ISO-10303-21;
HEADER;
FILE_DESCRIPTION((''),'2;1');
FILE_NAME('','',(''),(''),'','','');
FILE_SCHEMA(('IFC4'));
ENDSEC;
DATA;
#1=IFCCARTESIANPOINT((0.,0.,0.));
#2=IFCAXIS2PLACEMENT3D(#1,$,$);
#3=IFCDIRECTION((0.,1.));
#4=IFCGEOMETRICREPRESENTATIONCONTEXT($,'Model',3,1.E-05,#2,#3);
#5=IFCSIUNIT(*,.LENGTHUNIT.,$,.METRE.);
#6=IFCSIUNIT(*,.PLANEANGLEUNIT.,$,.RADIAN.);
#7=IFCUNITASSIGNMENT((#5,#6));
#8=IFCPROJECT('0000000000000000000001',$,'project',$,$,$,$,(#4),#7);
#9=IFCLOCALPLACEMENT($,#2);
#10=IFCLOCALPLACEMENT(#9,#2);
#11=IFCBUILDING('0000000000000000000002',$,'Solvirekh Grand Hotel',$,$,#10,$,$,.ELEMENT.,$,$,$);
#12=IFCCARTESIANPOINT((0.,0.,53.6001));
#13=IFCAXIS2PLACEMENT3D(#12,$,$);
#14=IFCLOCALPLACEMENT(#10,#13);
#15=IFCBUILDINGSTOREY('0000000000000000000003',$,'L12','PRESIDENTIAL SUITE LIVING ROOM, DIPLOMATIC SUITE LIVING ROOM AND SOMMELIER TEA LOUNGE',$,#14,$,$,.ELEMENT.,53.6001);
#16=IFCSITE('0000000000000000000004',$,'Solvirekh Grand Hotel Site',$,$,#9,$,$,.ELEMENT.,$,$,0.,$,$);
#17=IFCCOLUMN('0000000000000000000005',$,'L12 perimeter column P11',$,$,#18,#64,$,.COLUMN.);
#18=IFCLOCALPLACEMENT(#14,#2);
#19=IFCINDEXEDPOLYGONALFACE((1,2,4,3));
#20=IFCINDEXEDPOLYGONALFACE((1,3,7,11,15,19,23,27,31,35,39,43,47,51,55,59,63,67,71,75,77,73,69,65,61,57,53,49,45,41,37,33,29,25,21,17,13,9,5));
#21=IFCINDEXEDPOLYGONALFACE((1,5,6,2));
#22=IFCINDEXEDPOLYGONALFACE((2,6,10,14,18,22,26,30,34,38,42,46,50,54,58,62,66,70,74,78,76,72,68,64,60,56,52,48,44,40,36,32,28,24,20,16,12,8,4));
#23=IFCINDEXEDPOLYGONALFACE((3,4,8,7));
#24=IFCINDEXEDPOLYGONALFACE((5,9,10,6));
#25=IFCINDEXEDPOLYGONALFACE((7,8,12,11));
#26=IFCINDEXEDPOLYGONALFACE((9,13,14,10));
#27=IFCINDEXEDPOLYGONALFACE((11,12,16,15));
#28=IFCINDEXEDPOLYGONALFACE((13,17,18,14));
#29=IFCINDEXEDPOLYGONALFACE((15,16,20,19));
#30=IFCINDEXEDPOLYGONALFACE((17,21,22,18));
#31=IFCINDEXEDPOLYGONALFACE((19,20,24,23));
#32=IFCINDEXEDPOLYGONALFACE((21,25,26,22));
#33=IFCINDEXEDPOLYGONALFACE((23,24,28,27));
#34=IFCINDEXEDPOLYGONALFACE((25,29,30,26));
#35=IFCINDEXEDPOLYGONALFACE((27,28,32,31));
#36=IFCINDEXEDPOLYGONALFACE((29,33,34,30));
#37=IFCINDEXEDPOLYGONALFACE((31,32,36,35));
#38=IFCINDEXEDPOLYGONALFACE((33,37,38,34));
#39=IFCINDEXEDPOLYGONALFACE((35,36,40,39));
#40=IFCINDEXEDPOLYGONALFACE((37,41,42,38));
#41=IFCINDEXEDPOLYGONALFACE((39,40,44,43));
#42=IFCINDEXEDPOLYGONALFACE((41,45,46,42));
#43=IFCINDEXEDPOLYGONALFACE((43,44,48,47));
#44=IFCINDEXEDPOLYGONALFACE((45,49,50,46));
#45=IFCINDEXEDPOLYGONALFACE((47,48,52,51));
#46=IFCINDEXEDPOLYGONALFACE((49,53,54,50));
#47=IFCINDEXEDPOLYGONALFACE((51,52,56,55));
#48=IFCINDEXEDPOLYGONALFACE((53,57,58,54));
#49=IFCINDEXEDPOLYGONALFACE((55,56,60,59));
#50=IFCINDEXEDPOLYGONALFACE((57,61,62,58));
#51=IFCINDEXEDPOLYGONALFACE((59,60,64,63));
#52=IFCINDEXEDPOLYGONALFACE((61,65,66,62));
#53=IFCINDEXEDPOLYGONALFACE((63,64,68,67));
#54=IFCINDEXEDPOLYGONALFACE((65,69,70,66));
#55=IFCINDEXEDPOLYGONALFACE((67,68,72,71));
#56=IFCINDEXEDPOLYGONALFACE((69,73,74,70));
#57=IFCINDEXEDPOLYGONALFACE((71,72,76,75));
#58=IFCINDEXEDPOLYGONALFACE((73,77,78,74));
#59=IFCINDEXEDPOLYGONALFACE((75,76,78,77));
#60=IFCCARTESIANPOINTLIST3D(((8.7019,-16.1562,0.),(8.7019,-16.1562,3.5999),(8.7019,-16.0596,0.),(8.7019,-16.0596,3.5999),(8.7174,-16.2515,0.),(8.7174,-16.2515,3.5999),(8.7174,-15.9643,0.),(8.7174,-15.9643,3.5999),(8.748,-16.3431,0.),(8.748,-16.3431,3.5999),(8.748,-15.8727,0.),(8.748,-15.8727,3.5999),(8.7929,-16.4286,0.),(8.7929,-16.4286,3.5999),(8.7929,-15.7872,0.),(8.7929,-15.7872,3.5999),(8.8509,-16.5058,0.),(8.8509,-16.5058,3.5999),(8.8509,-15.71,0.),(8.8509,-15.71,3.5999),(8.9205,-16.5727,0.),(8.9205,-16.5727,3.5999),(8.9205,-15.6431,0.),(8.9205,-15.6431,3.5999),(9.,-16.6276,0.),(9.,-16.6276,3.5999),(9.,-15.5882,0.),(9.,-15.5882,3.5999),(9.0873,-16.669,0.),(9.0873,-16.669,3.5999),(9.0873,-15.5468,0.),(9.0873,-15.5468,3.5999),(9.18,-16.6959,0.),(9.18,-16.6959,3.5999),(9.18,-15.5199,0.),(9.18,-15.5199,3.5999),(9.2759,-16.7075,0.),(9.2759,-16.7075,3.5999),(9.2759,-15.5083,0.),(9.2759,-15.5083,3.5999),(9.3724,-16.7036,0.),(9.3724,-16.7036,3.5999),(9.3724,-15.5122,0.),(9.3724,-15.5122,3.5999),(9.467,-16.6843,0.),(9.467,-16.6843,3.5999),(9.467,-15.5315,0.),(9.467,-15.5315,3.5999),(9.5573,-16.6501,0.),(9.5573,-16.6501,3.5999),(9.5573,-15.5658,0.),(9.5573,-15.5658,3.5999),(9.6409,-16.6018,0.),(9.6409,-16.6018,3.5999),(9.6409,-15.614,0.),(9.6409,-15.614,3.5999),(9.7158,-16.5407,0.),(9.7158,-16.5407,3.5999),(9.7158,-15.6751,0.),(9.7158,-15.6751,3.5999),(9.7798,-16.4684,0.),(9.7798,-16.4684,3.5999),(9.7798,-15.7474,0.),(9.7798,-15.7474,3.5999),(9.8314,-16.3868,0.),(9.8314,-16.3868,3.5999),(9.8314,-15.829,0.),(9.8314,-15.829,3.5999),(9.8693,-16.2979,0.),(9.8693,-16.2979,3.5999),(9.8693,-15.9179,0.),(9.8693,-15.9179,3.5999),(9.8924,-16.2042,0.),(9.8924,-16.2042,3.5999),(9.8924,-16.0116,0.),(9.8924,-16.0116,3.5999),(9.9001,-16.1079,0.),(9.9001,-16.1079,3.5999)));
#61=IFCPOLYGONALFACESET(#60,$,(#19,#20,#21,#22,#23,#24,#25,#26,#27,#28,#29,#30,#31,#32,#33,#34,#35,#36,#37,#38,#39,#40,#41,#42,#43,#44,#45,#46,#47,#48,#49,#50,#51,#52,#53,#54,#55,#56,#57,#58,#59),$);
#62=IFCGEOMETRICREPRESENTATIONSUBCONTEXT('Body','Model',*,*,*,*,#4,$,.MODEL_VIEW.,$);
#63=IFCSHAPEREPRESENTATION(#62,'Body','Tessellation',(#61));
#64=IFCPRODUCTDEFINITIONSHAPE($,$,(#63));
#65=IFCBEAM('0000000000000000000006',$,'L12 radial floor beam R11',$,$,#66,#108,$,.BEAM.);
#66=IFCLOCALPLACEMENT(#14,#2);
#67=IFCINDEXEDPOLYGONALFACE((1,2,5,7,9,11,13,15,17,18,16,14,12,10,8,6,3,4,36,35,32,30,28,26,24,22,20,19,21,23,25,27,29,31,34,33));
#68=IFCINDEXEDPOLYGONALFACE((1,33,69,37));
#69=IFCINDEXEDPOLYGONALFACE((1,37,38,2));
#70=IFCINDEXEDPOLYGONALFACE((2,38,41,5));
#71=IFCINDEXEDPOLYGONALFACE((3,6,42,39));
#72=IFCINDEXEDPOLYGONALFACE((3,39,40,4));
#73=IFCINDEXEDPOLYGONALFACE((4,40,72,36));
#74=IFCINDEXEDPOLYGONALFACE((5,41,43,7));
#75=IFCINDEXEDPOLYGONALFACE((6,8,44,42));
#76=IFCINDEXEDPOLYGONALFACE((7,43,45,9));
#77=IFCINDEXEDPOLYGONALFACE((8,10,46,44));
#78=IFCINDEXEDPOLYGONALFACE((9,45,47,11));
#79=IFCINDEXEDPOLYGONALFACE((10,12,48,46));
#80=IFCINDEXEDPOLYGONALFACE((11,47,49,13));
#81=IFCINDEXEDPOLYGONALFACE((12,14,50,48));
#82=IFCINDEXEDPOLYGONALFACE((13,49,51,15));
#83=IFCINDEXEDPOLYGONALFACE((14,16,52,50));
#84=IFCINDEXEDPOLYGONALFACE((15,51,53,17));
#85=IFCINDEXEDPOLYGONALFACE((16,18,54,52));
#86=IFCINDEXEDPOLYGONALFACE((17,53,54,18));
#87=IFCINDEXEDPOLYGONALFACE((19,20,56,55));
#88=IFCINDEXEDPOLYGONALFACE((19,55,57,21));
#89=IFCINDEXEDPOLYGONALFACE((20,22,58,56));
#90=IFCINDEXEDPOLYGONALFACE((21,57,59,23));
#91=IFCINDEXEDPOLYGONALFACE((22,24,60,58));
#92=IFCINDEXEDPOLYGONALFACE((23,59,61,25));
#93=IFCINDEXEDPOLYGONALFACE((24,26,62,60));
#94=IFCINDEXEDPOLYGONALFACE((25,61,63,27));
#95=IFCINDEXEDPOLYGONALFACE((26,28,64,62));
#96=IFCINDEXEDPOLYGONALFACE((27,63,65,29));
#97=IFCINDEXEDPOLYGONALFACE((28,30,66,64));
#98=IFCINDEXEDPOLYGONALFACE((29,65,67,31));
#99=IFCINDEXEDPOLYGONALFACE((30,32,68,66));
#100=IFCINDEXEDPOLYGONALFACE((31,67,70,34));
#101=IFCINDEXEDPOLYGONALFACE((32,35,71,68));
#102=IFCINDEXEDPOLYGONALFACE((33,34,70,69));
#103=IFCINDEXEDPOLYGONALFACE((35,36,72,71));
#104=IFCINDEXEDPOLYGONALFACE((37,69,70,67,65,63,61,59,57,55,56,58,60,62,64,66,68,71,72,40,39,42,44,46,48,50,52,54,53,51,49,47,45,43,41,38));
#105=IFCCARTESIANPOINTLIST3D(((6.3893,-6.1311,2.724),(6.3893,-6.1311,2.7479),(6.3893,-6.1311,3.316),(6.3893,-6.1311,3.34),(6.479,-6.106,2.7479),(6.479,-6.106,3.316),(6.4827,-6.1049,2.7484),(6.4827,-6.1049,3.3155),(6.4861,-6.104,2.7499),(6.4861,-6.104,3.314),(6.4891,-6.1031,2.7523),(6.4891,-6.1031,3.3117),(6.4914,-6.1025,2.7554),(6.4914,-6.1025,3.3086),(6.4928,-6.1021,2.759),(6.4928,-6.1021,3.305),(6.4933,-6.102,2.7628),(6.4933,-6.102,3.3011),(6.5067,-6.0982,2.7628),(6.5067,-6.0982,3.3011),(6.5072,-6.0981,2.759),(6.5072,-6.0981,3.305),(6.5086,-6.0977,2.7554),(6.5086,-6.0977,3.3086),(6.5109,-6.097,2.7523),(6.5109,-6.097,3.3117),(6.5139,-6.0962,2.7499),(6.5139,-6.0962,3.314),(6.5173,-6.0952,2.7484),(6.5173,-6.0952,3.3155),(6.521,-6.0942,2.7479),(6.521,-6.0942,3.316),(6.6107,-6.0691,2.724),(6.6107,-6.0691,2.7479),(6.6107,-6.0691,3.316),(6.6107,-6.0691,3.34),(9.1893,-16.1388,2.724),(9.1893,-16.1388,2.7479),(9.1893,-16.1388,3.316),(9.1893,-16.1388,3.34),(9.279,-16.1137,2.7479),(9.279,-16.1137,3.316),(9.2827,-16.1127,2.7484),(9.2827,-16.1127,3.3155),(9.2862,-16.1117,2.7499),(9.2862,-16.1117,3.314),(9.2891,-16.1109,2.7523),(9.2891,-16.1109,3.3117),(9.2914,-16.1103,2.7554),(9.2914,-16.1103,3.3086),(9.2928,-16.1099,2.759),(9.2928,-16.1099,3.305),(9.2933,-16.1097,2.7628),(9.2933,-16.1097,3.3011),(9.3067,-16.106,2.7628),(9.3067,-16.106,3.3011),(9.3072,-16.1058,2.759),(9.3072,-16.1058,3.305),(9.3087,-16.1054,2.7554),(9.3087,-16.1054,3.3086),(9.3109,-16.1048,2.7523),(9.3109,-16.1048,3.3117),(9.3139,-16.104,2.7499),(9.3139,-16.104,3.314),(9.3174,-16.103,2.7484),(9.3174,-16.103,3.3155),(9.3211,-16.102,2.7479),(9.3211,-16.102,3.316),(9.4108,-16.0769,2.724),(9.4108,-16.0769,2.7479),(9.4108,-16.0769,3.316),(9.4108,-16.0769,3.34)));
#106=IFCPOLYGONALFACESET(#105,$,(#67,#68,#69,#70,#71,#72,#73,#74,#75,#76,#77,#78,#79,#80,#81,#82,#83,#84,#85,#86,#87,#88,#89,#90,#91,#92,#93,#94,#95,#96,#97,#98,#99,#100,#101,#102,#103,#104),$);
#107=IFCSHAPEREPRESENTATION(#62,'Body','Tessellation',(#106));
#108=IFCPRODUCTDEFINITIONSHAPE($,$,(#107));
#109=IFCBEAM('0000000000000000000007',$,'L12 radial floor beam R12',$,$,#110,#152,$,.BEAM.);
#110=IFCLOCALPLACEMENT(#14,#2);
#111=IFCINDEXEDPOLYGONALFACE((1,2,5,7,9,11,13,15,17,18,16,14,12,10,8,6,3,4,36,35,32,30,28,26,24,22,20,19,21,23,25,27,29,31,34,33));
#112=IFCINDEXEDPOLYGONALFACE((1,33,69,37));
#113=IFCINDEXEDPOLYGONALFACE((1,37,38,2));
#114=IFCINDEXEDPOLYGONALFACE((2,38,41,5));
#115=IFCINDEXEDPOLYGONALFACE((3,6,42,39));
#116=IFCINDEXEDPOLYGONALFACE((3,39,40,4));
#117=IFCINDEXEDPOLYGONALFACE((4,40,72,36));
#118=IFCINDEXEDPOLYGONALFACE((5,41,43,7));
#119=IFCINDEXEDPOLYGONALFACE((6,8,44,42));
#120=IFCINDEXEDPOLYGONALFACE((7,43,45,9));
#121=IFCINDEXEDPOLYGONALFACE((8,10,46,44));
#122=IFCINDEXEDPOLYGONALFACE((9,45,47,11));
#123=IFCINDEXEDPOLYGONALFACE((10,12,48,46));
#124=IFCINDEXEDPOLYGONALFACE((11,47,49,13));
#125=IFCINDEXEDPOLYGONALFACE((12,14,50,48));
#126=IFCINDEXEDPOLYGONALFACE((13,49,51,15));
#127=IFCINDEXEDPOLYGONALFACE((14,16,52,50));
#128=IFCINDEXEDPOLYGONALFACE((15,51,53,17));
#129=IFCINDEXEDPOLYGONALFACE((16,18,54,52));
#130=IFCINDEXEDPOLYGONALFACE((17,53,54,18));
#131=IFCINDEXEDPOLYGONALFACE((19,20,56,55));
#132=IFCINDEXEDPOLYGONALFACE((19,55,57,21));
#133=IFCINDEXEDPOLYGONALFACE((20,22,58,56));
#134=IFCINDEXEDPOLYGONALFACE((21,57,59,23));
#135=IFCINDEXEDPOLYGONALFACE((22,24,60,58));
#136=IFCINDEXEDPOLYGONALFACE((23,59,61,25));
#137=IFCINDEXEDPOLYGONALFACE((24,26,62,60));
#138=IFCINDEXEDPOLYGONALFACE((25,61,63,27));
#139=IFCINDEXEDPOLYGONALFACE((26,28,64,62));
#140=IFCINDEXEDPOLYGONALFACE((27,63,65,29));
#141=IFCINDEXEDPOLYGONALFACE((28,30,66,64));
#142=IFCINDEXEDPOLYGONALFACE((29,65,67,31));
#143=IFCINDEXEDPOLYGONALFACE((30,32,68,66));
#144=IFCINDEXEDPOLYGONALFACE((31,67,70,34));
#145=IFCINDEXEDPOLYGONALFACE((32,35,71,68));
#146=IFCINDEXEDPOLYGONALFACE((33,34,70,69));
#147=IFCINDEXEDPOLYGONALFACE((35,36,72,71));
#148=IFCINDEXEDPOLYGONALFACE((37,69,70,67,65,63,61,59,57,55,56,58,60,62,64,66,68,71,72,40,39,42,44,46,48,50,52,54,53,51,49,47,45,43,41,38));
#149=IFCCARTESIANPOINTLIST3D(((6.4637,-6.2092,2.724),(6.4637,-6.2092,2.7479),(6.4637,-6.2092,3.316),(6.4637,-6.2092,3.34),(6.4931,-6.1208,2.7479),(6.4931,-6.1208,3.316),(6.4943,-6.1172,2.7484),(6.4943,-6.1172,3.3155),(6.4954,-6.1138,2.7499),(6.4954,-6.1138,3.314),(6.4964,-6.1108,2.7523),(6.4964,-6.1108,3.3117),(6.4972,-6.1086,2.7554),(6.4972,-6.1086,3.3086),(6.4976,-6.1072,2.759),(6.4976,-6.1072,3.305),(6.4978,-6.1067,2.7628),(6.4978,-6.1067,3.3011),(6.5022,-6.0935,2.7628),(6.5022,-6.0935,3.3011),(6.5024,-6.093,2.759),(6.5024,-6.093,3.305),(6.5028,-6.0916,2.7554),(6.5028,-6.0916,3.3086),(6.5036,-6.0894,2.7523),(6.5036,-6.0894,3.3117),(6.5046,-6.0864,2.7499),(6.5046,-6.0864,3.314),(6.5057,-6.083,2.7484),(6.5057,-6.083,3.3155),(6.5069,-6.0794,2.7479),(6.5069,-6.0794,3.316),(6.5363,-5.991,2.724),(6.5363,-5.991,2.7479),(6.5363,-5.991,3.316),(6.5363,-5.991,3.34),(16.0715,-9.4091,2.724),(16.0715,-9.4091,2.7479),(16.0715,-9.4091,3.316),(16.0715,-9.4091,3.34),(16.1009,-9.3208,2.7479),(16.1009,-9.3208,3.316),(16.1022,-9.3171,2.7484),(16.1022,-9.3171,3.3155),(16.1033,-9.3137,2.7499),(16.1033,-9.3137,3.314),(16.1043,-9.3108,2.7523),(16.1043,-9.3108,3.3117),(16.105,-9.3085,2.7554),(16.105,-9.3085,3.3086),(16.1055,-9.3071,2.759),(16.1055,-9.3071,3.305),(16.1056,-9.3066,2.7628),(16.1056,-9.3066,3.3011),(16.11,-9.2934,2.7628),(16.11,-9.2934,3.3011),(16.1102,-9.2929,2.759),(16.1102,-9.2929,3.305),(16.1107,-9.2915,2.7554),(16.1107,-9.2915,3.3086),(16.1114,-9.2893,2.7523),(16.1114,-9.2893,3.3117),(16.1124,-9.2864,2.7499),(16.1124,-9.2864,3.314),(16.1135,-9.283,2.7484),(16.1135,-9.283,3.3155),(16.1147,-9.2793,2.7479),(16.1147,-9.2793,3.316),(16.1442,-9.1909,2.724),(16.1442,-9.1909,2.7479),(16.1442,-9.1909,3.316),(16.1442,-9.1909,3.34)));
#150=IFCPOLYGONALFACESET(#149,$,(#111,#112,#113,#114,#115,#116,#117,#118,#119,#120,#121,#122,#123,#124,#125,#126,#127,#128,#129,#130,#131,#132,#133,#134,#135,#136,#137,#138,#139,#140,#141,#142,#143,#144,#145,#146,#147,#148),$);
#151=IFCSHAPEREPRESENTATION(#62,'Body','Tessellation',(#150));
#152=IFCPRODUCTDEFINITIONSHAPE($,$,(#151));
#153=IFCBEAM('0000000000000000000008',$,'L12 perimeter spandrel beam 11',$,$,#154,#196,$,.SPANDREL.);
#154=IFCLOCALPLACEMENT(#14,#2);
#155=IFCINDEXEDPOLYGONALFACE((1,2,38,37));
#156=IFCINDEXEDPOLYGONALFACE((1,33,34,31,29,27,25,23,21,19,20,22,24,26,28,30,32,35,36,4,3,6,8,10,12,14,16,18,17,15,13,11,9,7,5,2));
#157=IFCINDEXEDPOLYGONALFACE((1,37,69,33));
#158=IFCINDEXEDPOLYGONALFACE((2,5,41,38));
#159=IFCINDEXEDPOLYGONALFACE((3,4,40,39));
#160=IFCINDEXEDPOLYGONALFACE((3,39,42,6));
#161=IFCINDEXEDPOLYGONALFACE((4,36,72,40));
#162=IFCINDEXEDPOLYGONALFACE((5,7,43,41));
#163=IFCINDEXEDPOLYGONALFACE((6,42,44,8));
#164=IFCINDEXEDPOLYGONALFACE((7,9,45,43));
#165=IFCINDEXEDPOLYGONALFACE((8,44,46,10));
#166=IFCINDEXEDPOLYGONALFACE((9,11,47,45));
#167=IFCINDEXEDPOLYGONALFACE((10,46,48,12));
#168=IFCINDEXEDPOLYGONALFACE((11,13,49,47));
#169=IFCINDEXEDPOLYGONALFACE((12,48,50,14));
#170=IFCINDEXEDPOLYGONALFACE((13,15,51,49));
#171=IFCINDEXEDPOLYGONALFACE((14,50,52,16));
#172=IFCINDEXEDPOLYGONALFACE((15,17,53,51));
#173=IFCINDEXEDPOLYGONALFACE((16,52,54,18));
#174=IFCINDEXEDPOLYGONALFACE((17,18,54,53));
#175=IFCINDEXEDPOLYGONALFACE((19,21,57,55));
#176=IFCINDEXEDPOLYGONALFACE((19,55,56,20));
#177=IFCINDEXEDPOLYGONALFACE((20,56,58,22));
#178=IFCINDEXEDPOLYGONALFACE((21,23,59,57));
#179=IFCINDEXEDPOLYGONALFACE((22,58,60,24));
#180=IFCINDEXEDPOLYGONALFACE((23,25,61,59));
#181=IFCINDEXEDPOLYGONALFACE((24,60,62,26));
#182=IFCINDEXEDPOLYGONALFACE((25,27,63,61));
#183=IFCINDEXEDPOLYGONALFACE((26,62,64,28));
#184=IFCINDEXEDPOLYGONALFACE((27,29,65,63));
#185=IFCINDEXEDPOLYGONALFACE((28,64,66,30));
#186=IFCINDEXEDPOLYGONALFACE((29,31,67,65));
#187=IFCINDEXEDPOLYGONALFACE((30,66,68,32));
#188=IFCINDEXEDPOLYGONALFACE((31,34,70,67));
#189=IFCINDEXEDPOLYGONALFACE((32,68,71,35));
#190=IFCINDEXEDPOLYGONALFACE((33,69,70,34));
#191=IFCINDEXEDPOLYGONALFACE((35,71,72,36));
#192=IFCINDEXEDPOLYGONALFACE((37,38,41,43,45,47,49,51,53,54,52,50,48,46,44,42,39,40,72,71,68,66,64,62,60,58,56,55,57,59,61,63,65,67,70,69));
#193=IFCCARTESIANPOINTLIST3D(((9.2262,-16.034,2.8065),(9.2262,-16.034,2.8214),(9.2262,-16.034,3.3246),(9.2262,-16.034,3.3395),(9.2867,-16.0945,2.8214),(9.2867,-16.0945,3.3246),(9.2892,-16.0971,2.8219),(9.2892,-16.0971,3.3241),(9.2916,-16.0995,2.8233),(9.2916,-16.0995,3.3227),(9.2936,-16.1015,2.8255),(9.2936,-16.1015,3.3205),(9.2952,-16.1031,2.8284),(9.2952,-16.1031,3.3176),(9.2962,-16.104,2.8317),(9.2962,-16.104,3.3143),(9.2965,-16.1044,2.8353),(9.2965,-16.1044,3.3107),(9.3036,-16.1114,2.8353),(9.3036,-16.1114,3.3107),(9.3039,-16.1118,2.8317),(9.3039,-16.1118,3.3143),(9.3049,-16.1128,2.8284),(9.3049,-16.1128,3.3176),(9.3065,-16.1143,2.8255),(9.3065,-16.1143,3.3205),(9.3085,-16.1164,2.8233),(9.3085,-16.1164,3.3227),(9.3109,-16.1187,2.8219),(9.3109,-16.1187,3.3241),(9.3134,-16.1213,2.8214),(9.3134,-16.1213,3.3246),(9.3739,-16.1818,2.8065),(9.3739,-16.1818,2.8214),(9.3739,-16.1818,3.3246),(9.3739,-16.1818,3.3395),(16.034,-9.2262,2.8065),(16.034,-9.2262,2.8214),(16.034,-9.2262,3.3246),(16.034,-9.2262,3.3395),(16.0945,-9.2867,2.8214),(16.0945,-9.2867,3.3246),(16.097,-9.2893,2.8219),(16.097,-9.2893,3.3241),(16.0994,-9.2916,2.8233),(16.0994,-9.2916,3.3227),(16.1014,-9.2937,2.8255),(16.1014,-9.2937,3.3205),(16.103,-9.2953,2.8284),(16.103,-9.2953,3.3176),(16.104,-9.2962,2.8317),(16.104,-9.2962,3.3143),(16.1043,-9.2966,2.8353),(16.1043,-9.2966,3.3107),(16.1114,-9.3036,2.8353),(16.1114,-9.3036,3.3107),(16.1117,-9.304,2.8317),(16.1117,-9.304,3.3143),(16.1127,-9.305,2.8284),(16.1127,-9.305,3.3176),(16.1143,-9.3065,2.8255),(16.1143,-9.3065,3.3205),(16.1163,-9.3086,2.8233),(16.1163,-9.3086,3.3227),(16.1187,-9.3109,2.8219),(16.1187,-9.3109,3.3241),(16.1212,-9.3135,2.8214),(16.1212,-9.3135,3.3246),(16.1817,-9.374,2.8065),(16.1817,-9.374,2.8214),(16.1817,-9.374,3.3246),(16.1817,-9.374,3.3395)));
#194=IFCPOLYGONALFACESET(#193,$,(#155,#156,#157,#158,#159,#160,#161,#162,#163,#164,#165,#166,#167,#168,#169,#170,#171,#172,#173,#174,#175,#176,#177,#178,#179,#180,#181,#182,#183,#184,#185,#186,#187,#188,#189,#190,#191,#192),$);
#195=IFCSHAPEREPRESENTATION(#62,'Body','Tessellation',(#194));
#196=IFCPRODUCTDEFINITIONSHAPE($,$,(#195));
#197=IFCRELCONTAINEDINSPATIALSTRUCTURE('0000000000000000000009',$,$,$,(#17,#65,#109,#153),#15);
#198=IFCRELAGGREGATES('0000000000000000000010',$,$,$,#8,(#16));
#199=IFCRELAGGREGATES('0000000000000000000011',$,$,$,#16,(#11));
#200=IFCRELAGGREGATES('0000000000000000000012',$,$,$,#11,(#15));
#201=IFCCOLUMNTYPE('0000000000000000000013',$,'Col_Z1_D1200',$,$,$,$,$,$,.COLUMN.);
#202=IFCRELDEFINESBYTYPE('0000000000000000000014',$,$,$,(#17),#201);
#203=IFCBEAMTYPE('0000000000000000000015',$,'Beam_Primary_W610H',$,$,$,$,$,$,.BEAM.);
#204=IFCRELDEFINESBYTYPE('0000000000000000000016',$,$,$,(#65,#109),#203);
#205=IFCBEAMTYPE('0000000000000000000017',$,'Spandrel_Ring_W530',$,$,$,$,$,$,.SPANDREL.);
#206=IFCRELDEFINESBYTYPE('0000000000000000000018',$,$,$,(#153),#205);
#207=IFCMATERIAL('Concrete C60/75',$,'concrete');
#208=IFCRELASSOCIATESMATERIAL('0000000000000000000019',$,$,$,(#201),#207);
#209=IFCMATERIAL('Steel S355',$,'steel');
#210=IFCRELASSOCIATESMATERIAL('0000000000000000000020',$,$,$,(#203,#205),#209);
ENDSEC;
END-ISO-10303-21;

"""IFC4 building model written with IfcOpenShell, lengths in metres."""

from ifc_helpers import new_model, si_unit, direction, frame, origin, origin_2d, place, context, subcontext, project, spatial, circle, i_section, extrude, material, material_profile, profile_set, type_object, element, save


model = new_model("IFC4")

# Units and contexts
model_context = context("Model", 3, precision=1e-05, world=origin(), true_north=direction((0.0, 1.0)))
body_context = subcontext(model_context, "Body", "Model", "MODEL_VIEW")
ifc_project = project(units=[si_unit("LENGTHUNIT", "METRE"), si_unit("PLANEANGLEUNIT", "RADIAN")], contexts=[model_context])

# Site, building, storey
site_placement = place(None, origin())
site = spatial("IfcSite", under=ifc_project, at=site_placement, Name="Solvirekh Grand Hotel Site", CompositionType="ELEMENT", RefElevation=0.0)
building_placement = place(site_placement, origin())
building = spatial("IfcBuilding", under=site, at=building_placement, Name="Solvirekh Grand Hotel", CompositionType="ELEMENT")
storey_placement = place(building_placement, frame((0.0, 0.0, 53.6001)))
storey = spatial("IfcBuildingStorey", under=building, at=storey_placement, Name="L12", Description="PRESIDENTIAL SUITE LIVING ROOM, DIPLOMATIC SUITE LIVING ROOM AND SOMMELIER TEA LOUNGE", CompositionType="ELEMENT", Elevation=53.6001)

# Column
ifc_material_1 = material(Name="Concrete C60/75", Category="concrete")
ifc_material_profile_1 = material_profile(ifc_material_1, circle(Radius=0.6001, at=origin_2d()), Name="RC CIRC D1200")
ifc_profile_set_1 = profile_set([ifc_material_profile_1], Name="Concrete C60/75")
column_type = type_object("IfcColumnType", Name="Col_Z1_D1200", PredefinedType="COLUMN", material=ifc_profile_set_1)
column_placement = place(storey_placement, frame((9.3, -16.1079, 0.0), z_axis=(0.0, 0.0, 1.0), x_axis=(1.0, 0.0, 0.0)))
element("IfcColumn", 1, at=column_placement, inside=storey, type_object=column_type, Name="L12 perimeter column P11", PredefinedType="COLUMN", context=body_context, shape_type="SweptSolid", body=[
    extrude(circle(Radius=0.6001, at=origin_2d()), origin(), (0.0, 0.0, 1.0), 3.5999),
])

# Beams
ifc_material_2 = material(Name="Steel S355", Category="steel")
ifc_material_profile_2 = material_profile(ifc_material_2, i_section(OverallWidth=0.23, OverallDepth=0.616, WebThickness=0.0139, FlangeThickness=0.0239, FilletRadius=0.0149, at=origin_2d()), Name="W610X174")
ifc_profile_set_2 = profile_set([ifc_material_profile_2], Name="Steel S355")
beam_type_1 = type_object("IfcBeamType", Name="Beam_Primary_W610H", PredefinedType="BEAM", material=ifc_profile_set_2)
beam_1_placement = place(storey_placement, frame((6.5, -6.1001, 3.032), z_axis=(0.269439, -0.963017, 0.0), x_axis=(0.963017, 0.269439, 0.0)))
element("IfcBeam", 2, at=beam_1_placement, inside=storey, type_object=beam_type_1, Name="L12 radial floor beam R11", PredefinedType="BEAM", context=body_context, shape_type="SweptSolid", body=[
    extrude(i_section(OverallWidth=0.23, OverallDepth=0.616, WebThickness=0.0139, FlangeThickness=0.0239, FilletRadius=0.0149, at=origin_2d()), origin(), (0.0, 0.0, 1.0), 10.3921),
])
beam_2_placement = place(storey_placement, frame((6.5, -6.1001, 3.032), z_axis=(0.948763, -0.315989, 0.0), x_axis=(0.315989, 0.948763, 0.0)))
element("IfcBeam", 3, at=beam_2_placement, inside=storey, type_object=beam_type_1, Name="L12 radial floor beam R12", PredefinedType="BEAM", context=body_context, shape_type="SweptSolid", body=[
    extrude(i_section(OverallWidth=0.23, OverallDepth=0.616, WebThickness=0.0139, FlangeThickness=0.0239, FilletRadius=0.0149, at=origin_2d()), origin(), (0.0, 0.0, 1.0), 10.1267),
])
ifc_material_profile_3 = material_profile(ifc_material_2, i_section(OverallWidth=0.209, OverallDepth=0.533, WebThickness=0.01, FlangeThickness=0.0149, FilletRadius=0.0139, at=origin_2d()), Name="W530X92")
ifc_profile_set_3 = profile_set([ifc_material_profile_3], Name="Steel S355")
beam_type_2 = type_object("IfcBeamType", Name="Spandrel_Ring_W530", PredefinedType="SPANDREL", material=ifc_profile_set_3)
beam_3_placement = place(storey_placement, frame((9.3, -16.1079, 3.073), z_axis=(0.707107, 0.707107, 0.0), x_axis=(-0.707107, 0.707107, 0.0)))
element("IfcBeam", 4, at=beam_3_placement, inside=storey, type_object=beam_type_2, Name="L12 perimeter spandrel beam 11", PredefinedType="SPANDREL", context=body_context, shape_type="SweptSolid", body=[
    extrude(i_section(OverallWidth=0.209, OverallDepth=0.533, WebThickness=0.01, FlangeThickness=0.0149, FilletRadius=0.0139, at=origin_2d()), origin(), (0.0, 0.0, 1.0), 9.6277),
])

save(model, "model.ifc")
